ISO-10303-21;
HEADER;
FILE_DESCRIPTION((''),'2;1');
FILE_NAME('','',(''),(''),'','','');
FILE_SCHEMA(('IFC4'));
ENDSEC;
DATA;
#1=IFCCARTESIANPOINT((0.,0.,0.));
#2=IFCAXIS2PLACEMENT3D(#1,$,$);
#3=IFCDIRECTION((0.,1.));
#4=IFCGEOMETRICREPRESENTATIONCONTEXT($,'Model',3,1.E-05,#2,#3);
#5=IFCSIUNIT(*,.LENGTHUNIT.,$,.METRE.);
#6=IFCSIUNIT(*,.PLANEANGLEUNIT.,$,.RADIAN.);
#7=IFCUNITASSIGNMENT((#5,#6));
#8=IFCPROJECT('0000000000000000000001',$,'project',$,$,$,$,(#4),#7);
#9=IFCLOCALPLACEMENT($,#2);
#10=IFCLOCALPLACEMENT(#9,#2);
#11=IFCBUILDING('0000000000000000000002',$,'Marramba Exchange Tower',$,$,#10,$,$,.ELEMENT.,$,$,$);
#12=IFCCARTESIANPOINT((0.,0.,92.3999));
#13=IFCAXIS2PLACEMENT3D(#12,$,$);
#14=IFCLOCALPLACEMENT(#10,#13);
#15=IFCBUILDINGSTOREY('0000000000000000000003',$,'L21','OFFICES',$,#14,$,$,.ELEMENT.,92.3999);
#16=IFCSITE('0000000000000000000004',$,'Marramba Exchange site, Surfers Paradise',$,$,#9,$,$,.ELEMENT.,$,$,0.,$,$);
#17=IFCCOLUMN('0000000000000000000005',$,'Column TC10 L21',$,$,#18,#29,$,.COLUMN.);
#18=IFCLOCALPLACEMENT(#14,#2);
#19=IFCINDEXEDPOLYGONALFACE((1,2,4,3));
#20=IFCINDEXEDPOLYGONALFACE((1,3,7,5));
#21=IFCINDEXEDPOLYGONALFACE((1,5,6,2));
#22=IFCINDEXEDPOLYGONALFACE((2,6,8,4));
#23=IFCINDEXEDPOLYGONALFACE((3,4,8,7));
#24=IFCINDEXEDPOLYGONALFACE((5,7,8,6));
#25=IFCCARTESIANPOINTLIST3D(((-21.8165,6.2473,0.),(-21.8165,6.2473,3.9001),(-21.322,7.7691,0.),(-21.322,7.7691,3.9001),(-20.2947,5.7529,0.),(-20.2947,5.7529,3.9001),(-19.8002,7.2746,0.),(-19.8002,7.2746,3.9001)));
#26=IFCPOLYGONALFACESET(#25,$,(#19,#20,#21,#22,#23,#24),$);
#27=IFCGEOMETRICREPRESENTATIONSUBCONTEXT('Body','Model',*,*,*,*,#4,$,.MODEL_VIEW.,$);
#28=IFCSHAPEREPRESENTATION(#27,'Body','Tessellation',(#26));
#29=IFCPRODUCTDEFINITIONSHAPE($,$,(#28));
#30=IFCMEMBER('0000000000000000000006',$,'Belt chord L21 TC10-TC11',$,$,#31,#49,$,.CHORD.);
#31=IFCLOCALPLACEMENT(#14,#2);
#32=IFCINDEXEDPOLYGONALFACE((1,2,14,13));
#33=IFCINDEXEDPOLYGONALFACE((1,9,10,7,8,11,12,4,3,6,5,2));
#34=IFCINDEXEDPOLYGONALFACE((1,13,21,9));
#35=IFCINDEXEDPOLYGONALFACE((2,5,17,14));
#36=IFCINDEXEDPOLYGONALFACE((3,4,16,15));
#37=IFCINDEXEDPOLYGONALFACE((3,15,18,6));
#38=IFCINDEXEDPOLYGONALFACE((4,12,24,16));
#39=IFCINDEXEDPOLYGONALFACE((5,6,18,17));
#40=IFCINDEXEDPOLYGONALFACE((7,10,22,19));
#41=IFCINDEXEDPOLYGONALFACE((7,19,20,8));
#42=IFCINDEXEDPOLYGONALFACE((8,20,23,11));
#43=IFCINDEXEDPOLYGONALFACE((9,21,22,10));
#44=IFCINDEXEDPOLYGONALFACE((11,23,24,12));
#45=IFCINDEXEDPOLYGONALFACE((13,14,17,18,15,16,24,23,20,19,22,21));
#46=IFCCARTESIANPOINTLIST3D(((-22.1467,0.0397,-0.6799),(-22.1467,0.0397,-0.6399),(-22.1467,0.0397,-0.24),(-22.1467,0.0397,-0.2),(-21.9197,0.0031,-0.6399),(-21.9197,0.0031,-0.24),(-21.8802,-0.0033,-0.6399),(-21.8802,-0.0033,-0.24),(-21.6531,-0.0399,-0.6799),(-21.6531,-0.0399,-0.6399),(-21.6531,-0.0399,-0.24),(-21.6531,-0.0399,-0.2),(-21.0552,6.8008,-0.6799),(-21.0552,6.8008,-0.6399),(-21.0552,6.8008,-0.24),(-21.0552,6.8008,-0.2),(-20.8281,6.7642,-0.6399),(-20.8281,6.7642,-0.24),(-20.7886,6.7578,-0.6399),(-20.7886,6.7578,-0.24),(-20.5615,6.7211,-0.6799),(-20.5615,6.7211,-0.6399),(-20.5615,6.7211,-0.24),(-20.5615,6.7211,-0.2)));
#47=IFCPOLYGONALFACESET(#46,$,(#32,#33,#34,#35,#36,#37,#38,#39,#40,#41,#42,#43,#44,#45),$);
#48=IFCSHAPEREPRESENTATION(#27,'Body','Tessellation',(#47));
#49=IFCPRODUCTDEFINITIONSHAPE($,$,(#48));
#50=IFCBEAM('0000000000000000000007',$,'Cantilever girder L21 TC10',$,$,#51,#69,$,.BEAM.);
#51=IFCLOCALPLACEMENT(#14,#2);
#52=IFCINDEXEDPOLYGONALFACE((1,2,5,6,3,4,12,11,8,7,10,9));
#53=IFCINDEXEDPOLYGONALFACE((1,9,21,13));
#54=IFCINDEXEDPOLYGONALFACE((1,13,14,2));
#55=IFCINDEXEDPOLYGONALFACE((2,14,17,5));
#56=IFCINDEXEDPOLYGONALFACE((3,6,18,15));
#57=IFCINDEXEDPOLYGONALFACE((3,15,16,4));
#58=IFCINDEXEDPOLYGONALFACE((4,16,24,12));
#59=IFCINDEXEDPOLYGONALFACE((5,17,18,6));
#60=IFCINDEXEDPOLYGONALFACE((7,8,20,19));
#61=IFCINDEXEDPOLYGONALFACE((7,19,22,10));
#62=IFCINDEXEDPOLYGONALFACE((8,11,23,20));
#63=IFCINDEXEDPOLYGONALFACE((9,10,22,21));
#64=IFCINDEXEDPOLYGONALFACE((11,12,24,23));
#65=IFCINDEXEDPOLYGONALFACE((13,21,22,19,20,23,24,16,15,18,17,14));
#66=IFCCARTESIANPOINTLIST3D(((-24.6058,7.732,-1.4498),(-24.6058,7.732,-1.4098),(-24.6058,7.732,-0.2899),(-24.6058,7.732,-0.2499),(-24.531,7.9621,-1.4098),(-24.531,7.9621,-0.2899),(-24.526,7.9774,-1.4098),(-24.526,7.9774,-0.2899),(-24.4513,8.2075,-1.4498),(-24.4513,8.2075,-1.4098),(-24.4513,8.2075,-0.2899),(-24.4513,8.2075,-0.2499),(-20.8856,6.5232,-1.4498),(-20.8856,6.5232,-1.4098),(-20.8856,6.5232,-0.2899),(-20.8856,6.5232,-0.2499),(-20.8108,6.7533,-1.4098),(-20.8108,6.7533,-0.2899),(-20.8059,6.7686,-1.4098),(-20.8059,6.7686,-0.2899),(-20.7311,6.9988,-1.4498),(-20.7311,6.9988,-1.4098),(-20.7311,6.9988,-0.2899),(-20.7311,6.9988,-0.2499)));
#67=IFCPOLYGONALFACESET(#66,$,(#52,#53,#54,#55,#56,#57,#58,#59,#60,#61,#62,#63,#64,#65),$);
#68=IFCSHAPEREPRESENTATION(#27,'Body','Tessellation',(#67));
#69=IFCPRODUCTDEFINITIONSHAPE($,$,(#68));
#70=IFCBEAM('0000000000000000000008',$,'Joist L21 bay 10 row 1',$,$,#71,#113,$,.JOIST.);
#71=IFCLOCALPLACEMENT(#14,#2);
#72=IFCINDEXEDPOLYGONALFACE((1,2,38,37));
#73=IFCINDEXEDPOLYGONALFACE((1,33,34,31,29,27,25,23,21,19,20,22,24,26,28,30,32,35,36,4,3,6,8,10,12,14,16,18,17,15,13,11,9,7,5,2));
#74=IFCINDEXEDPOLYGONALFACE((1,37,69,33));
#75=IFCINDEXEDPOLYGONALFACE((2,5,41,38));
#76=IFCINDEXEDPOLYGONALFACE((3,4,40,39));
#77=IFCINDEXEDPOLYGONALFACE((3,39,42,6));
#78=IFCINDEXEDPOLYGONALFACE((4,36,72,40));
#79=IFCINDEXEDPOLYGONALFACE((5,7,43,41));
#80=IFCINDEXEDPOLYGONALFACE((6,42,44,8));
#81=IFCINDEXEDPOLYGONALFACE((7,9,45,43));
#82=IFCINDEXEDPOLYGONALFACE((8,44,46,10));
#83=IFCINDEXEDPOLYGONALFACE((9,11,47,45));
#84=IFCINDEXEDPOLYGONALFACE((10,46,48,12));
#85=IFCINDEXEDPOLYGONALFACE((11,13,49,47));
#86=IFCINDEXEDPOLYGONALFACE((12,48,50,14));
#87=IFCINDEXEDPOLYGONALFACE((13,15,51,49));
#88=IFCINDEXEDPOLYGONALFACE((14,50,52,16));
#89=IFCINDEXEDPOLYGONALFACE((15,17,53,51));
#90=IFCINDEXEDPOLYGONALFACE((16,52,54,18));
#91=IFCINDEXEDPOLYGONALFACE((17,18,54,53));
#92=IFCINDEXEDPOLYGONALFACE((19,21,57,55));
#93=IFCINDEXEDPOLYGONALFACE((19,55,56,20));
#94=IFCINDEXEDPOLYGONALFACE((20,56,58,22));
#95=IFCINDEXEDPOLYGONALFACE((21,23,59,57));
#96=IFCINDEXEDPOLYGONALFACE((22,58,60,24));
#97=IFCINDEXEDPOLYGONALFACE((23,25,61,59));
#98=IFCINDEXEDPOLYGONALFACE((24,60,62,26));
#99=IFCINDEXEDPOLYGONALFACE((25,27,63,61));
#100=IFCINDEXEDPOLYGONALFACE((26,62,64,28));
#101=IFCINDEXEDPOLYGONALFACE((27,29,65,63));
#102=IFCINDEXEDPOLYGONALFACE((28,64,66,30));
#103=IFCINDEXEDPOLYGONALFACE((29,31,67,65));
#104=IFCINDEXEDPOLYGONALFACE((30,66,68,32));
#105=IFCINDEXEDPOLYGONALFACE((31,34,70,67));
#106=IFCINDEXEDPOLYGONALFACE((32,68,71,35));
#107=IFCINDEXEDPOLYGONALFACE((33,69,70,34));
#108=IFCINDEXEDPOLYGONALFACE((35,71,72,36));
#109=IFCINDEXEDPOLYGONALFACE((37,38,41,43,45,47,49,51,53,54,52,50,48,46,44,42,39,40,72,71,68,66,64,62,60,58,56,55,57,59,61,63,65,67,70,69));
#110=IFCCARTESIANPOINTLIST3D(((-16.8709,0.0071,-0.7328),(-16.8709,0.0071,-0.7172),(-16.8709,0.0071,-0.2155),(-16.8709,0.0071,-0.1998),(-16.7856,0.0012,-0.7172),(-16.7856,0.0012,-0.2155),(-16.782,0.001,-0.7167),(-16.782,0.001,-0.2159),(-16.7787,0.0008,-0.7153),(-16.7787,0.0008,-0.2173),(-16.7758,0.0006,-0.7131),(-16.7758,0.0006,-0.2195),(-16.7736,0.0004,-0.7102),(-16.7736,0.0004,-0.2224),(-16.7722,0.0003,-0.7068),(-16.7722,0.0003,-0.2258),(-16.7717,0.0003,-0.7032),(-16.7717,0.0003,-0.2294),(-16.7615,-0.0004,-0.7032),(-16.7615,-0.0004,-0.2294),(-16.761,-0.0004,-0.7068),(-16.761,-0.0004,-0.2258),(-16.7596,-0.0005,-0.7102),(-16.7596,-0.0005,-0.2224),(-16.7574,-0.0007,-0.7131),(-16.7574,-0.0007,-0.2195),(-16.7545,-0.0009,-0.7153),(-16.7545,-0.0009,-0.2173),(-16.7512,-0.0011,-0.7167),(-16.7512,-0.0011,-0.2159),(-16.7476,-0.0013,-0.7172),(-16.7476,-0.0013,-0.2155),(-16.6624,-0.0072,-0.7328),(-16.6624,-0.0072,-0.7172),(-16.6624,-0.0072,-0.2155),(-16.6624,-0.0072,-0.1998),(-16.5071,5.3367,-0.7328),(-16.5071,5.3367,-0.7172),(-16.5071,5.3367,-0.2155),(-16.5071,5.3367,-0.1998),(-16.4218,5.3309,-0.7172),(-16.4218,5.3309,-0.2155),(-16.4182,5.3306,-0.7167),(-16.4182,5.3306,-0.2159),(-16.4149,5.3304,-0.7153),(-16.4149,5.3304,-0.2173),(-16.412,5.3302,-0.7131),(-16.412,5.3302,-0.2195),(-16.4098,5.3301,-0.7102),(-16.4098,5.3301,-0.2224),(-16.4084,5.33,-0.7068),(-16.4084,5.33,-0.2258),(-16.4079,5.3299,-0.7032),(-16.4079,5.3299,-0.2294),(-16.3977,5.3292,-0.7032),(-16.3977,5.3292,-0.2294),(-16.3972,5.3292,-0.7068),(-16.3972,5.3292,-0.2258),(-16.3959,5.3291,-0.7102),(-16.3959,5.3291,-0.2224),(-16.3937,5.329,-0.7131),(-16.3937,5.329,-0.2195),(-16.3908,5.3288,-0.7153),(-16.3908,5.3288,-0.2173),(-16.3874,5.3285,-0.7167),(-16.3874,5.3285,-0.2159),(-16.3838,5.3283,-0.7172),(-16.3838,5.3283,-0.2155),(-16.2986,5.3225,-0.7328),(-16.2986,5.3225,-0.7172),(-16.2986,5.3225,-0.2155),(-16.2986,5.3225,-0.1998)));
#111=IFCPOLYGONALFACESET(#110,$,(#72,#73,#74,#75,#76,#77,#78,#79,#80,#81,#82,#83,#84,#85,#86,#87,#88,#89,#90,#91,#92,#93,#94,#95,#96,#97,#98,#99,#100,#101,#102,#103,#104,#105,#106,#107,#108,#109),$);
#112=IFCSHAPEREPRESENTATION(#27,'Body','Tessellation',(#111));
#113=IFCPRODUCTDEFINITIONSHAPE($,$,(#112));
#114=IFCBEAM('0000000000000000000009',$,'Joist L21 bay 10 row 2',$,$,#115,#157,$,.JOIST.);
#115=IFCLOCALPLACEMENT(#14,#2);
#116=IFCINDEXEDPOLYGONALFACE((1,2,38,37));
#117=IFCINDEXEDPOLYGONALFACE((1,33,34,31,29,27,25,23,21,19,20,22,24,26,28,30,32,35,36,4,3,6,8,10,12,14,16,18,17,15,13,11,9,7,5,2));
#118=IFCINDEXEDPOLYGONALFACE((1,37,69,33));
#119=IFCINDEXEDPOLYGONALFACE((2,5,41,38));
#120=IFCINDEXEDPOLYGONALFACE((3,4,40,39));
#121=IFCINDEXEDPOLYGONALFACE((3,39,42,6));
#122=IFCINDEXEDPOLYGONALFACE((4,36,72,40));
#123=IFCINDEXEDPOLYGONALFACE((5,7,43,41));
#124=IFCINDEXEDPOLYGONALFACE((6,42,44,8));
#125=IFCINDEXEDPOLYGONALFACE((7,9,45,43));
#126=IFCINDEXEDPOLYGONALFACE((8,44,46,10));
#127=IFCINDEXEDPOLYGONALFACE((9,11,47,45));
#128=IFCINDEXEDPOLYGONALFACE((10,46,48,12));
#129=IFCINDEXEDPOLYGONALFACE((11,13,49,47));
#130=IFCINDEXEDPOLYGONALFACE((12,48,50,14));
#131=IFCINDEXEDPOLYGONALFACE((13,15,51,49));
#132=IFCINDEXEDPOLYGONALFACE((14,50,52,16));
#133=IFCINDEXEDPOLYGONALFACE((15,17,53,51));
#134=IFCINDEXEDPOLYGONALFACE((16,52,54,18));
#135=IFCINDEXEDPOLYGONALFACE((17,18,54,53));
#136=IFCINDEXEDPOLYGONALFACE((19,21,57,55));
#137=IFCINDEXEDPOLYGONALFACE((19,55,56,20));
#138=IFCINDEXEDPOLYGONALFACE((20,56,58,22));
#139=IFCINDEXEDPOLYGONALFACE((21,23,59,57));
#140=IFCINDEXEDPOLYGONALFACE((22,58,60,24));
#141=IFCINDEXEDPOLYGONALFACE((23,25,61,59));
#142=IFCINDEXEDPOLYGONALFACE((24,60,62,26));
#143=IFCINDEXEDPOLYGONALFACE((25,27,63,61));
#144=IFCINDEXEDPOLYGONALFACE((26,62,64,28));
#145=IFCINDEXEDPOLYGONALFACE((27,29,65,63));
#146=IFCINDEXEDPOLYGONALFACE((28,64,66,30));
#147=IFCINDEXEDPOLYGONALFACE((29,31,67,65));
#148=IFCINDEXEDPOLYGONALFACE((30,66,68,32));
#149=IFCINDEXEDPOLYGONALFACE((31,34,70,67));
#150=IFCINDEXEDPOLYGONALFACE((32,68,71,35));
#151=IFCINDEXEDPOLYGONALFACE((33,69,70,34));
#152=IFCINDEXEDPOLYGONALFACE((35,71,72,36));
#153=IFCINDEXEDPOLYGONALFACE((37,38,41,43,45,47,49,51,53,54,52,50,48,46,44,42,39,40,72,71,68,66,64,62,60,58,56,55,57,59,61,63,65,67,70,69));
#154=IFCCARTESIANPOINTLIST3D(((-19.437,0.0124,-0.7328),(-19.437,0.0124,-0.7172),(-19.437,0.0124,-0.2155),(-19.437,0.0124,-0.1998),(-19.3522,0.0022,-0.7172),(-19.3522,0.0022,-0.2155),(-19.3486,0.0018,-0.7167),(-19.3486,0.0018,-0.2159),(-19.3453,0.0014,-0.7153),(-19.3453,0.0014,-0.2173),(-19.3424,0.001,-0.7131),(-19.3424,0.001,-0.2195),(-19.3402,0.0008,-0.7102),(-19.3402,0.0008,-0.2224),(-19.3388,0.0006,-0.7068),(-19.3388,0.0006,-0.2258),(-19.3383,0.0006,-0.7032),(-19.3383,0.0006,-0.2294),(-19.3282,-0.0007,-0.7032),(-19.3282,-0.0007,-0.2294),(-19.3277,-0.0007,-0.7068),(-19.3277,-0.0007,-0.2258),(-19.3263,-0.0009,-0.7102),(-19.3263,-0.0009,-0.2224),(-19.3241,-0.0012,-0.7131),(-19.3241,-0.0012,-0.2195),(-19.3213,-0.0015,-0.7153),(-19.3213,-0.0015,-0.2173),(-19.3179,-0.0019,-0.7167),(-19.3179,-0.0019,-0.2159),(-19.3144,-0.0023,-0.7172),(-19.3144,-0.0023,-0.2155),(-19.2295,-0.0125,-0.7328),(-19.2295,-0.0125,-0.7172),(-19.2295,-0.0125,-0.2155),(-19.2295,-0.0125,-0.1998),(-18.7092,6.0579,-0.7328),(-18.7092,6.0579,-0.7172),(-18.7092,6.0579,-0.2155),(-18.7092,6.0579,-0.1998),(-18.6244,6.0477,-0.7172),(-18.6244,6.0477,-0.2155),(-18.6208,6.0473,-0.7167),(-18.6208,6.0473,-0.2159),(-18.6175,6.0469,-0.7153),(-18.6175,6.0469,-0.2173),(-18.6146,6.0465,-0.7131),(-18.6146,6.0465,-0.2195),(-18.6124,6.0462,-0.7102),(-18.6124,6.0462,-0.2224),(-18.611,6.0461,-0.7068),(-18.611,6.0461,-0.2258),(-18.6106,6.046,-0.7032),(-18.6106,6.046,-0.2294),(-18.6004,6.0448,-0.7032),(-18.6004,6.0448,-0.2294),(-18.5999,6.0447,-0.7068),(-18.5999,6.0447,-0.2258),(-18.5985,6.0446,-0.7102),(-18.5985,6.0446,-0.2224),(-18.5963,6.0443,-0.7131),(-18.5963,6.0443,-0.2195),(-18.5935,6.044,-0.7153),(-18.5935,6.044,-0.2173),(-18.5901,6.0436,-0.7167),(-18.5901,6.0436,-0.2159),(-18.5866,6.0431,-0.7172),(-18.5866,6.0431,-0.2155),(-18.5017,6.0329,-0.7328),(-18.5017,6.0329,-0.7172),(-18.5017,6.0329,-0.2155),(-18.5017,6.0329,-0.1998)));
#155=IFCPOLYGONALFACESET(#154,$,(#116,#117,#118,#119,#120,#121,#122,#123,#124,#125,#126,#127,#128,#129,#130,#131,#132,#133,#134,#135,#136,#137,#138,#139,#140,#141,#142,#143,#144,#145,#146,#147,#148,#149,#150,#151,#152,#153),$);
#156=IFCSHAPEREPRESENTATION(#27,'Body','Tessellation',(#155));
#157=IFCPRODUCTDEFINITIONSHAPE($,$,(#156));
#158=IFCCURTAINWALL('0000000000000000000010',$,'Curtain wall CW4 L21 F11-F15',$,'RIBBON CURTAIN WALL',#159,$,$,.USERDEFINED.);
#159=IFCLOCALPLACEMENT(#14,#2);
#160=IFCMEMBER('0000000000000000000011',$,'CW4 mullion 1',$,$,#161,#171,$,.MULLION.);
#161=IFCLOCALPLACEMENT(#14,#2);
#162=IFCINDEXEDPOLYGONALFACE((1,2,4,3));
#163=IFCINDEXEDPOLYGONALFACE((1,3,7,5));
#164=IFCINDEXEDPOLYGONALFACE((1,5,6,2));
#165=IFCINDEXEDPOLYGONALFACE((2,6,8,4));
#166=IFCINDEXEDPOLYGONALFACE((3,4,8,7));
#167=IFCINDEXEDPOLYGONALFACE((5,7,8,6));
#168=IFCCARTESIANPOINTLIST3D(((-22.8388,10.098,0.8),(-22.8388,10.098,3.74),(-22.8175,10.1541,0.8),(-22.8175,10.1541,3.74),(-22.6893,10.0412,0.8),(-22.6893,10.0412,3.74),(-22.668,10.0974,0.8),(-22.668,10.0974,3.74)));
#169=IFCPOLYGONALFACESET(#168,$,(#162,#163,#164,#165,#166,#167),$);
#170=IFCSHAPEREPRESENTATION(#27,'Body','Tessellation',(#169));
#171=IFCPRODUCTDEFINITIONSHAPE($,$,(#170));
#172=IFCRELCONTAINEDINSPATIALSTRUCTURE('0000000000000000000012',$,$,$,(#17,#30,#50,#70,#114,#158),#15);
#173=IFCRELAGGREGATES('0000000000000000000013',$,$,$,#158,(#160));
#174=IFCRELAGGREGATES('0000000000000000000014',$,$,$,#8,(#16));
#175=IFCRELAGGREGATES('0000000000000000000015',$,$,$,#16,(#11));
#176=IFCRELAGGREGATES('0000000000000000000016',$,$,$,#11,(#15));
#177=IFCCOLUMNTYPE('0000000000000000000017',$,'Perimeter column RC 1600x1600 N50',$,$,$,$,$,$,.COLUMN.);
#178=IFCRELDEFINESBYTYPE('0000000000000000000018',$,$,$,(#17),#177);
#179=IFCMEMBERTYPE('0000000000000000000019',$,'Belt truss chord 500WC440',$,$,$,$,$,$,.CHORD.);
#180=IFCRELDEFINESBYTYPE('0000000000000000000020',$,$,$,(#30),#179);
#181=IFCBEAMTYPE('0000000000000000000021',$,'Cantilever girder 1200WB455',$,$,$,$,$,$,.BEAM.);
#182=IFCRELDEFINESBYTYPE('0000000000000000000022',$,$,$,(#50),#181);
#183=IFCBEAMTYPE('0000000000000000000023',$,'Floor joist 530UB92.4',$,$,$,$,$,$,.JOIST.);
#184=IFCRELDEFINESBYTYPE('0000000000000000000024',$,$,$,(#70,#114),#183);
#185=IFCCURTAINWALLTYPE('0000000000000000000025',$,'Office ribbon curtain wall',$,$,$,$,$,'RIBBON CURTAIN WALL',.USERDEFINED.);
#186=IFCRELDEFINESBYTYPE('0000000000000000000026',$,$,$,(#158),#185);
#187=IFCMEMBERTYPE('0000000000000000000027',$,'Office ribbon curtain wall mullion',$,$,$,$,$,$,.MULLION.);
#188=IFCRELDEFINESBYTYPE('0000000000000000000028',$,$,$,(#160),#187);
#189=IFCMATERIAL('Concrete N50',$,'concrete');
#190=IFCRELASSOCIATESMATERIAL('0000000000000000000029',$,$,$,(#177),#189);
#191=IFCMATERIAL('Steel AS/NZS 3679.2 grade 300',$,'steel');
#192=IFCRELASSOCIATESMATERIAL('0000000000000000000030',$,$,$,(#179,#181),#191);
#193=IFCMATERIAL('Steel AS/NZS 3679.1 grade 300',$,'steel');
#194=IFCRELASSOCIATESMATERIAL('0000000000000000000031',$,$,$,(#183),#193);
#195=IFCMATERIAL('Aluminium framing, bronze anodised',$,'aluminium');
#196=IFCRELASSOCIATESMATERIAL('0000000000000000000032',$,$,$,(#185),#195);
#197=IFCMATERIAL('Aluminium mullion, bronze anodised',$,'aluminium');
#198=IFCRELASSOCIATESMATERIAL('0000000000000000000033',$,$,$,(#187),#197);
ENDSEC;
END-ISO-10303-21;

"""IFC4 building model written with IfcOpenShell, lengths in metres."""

from ifc_helpers import new_model, si_unit, direction, frame, origin, origin_2d, place, context, subcontext, project, spatial, rectangle, i_section, extrude, material, material_profile, profile_set, type_object, element, aggregate, save


model = new_model("IFC4")

# Units and contexts
model_context = context("Model", 3, precision=1e-05, world=origin(), true_north=direction((0.0, 1.0)))
body_context = subcontext(model_context, "Body", "Model", "MODEL_VIEW")
ifc_project = project(units=[si_unit("LENGTHUNIT", "METRE"), si_unit("PLANEANGLEUNIT", "RADIAN")], contexts=[model_context])

# Site, building, storey
site_placement = place(None, origin())
site = spatial("IfcSite", under=ifc_project, at=site_placement, Name="Marramba Exchange site, Surfers Paradise", CompositionType="ELEMENT", RefElevation=0.0)
building_placement = place(site_placement, origin())
building = spatial("IfcBuilding", under=site, at=building_placement, Name="Marramba Exchange Tower", CompositionType="ELEMENT")
storey_placement = place(building_placement, frame((0.0, 0.0, 92.3999)))
storey = spatial("IfcBuildingStorey", under=building, at=storey_placement, Name="L21", Description="OFFICES", CompositionType="ELEMENT", Elevation=92.3999)

# Column
ifc_material_1 = material(Name="Concrete N50", Category="concrete")
ifc_material_profile_1 = material_profile(ifc_material_1, rectangle(XDim=1.6001, YDim=1.6001, at=origin_2d()), Name="RC 1600x1600")
ifc_profile_set_1 = profile_set([ifc_material_profile_1], Name="Concrete N50")
column_type = type_object("IfcColumnType", Name="Perimeter column RC 1600x1600 N50", PredefinedType="COLUMN", material=ifc_profile_set_1)
column_placement = place(storey_placement, frame((-20.8083, 6.761, 0.0), z_axis=(0.0, 0.0, 1.0), x_axis=(-0.951057, 0.309017, 0.0)))
element("IfcColumn", 1, at=column_placement, inside=storey, type_object=column_type, Name="Column TC10 L21", PredefinedType="COLUMN", context=body_context, shape_type="SweptSolid", body=[
    extrude(rectangle(XDim=1.6001, YDim=1.6001, at=origin_2d()), origin(), (0.0, 0.0, 1.0), 3.9001),
])

# Member
ifc_material_2 = material(Name="Steel AS/NZS 3679.2 grade 300", Category="steel")
ifc_material_profile_2 = material_profile(ifc_material_2, i_section(OverallWidth=0.5, OverallDepth=0.48, WebThickness=0.04, FlangeThickness=0.04, at=origin_2d()), Name="500WC440")
ifc_profile_set_2 = profile_set([ifc_material_profile_2], Name="Steel AS/NZS 3679.2 grade 300")
member_type_1 = type_object("IfcMemberType", Name="Belt truss chord 500WC440", PredefinedType="CHORD", material=ifc_profile_set_2)
member_1_placement = place(storey_placement, frame((-20.8083, 6.761, -0.4399), z_axis=(-0.159385, -0.987217, 0.0), x_axis=(0.987217, -0.159385, 0.0)))
element("IfcMember", 2, at=member_1_placement, inside=storey, type_object=member_type_1, Name="Belt chord L21 TC10-TC11", PredefinedType="CHORD", context=body_context, shape_type="SweptSolid", body=[
    extrude(i_section(OverallWidth=0.5, OverallDepth=0.48, WebThickness=0.04, FlangeThickness=0.04, at=origin_2d()), origin(), (0.0, 0.0, 1.0), 6.8486),
])

# Beams
ifc_material_profile_3 = material_profile(ifc_material_2, i_section(OverallWidth=0.5, OverallDepth=1.2, WebThickness=0.0161, FlangeThickness=0.04, at=origin_2d()), Name="1200WB455")
ifc_profile_set_3 = profile_set([ifc_material_profile_3], Name="Steel AS/NZS 3679.2 grade 300")
beam_type_1 = type_object("IfcBeamType", Name="Cantilever girder 1200WB455", PredefinedType="BEAM", material=ifc_profile_set_3)
beam_1_placement = place(storey_placement, frame((-20.8083, 6.761, -0.8499), z_axis=(-0.951059, 0.30901, 0.0), x_axis=(-0.30901, -0.951059, 0.0)))
element("IfcBeam", 3, at=beam_1_placement, inside=storey, type_object=beam_type_1, Name="Cantilever girder L21 TC10", PredefinedType="BEAM", context=body_context, shape_type="SweptSolid", body=[
    extrude(i_section(OverallWidth=0.5, OverallDepth=1.2, WebThickness=0.0161, FlangeThickness=0.04, at=origin_2d()), origin(), (0.0, 0.0, 1.0), 3.9116),
])
ifc_material_3 = material(Name="Steel AS/NZS 3679.1 grade 300", Category="steel")
ifc_material_profile_4 = material_profile(ifc_material_3, i_section(OverallWidth=0.209, OverallDepth=0.533, WebThickness=0.0103, FlangeThickness=0.0156, FilletRadius=0.0139, at=origin_2d()), Name="530UB92.4")
ifc_profile_set_4 = profile_set([ifc_material_profile_4], Name="Steel AS/NZS 3679.1 grade 300")
beam_type_2 = type_object("IfcBeamType", Name="Floor joist 530UB92.4", PredefinedType="JOIST", material=ifc_profile_set_4)
beam_2_placement = place(storey_placement, frame((-16.4028, 5.3296, -0.4663), z_axis=(-0.068096, -0.997679, 0.0), x_axis=(0.997679, -0.068096, 0.0)))
element("IfcBeam", 4, at=beam_2_placement, inside=storey, type_object=beam_type_2, Name="Joist L21 bay 10 row 1", PredefinedType="JOIST", context=body_context, shape_type="SweptSolid", body=[
    extrude(i_section(OverallWidth=0.209, OverallDepth=0.533, WebThickness=0.0103, FlangeThickness=0.0156, FilletRadius=0.0139, at=origin_2d()), origin(), (0.0, 0.0, 1.0), 5.342),
])
beam_3_placement = place(storey_placement, frame((-18.6055, 6.0454, -0.4663), z_axis=(-0.119523, -0.992831, 0.0), x_axis=(0.992831, -0.119523, 0.0)))
element("IfcBeam", 5, at=beam_3_placement, inside=storey, type_object=beam_type_2, Name="Joist L21 bay 10 row 2", PredefinedType="JOIST", context=body_context, shape_type="SweptSolid", body=[
    extrude(i_section(OverallWidth=0.209, OverallDepth=0.533, WebThickness=0.0103, FlangeThickness=0.0156, FilletRadius=0.0139, at=origin_2d()), origin(), (0.0, 0.0, 1.0), 6.0891),
])

# Curtain wall, member
ifc_material_4 = material(Name="Aluminium framing, bronze anodised", Category="aluminium")
curtain_wall_type = type_object("IfcCurtainWallType", Name="Office ribbon curtain wall", ElementType="RIBBON CURTAIN WALL", PredefinedType="USERDEFINED", material=ifc_material_4)
curtain_wall_placement = place(storey_placement, origin())
curtain_wall = element("IfcCurtainWall", 6, at=curtain_wall_placement, inside=storey, type_object=curtain_wall_type, Name="Curtain wall CW4 L21 F11-F15", ObjectType="RIBBON CURTAIN WALL", PredefinedType="USERDEFINED")
ifc_material_5 = material(Name="Aluminium mullion, bronze anodised", Category="aluminium")
ifc_material_profile_5 = material_profile(ifc_material_5, rectangle(XDim=0.1599, YDim=0.0601, at=origin_2d()), Name="CW4 mullion 60x160")
ifc_profile_set_5 = profile_set([ifc_material_profile_5], Name="Aluminium mullion, bronze anodised")
member_type_2 = type_object("IfcMemberType", Name="Office ribbon curtain wall mullion", PredefinedType="MULLION", material=ifc_profile_set_5)
member_2_placement = place(storey_placement, frame((-22.7534, 10.0977, 0.8), z_axis=(0.0, 0.0, 1.0), x_axis=(0.934925, -0.354844, 0.0)))
member_2 = element("IfcMember", 7, at=member_2_placement, type_object=member_type_2, Name="CW4 mullion 1", PredefinedType="MULLION", context=body_context, shape_type="SweptSolid", body=[
    extrude(rectangle(XDim=0.1599, YDim=0.0601, at=origin_2d()), origin(), (0.0, 0.0, 1.0), 2.9399),
])
aggregate(curtain_wall, [member_2])

save(model, "model.ifc")
